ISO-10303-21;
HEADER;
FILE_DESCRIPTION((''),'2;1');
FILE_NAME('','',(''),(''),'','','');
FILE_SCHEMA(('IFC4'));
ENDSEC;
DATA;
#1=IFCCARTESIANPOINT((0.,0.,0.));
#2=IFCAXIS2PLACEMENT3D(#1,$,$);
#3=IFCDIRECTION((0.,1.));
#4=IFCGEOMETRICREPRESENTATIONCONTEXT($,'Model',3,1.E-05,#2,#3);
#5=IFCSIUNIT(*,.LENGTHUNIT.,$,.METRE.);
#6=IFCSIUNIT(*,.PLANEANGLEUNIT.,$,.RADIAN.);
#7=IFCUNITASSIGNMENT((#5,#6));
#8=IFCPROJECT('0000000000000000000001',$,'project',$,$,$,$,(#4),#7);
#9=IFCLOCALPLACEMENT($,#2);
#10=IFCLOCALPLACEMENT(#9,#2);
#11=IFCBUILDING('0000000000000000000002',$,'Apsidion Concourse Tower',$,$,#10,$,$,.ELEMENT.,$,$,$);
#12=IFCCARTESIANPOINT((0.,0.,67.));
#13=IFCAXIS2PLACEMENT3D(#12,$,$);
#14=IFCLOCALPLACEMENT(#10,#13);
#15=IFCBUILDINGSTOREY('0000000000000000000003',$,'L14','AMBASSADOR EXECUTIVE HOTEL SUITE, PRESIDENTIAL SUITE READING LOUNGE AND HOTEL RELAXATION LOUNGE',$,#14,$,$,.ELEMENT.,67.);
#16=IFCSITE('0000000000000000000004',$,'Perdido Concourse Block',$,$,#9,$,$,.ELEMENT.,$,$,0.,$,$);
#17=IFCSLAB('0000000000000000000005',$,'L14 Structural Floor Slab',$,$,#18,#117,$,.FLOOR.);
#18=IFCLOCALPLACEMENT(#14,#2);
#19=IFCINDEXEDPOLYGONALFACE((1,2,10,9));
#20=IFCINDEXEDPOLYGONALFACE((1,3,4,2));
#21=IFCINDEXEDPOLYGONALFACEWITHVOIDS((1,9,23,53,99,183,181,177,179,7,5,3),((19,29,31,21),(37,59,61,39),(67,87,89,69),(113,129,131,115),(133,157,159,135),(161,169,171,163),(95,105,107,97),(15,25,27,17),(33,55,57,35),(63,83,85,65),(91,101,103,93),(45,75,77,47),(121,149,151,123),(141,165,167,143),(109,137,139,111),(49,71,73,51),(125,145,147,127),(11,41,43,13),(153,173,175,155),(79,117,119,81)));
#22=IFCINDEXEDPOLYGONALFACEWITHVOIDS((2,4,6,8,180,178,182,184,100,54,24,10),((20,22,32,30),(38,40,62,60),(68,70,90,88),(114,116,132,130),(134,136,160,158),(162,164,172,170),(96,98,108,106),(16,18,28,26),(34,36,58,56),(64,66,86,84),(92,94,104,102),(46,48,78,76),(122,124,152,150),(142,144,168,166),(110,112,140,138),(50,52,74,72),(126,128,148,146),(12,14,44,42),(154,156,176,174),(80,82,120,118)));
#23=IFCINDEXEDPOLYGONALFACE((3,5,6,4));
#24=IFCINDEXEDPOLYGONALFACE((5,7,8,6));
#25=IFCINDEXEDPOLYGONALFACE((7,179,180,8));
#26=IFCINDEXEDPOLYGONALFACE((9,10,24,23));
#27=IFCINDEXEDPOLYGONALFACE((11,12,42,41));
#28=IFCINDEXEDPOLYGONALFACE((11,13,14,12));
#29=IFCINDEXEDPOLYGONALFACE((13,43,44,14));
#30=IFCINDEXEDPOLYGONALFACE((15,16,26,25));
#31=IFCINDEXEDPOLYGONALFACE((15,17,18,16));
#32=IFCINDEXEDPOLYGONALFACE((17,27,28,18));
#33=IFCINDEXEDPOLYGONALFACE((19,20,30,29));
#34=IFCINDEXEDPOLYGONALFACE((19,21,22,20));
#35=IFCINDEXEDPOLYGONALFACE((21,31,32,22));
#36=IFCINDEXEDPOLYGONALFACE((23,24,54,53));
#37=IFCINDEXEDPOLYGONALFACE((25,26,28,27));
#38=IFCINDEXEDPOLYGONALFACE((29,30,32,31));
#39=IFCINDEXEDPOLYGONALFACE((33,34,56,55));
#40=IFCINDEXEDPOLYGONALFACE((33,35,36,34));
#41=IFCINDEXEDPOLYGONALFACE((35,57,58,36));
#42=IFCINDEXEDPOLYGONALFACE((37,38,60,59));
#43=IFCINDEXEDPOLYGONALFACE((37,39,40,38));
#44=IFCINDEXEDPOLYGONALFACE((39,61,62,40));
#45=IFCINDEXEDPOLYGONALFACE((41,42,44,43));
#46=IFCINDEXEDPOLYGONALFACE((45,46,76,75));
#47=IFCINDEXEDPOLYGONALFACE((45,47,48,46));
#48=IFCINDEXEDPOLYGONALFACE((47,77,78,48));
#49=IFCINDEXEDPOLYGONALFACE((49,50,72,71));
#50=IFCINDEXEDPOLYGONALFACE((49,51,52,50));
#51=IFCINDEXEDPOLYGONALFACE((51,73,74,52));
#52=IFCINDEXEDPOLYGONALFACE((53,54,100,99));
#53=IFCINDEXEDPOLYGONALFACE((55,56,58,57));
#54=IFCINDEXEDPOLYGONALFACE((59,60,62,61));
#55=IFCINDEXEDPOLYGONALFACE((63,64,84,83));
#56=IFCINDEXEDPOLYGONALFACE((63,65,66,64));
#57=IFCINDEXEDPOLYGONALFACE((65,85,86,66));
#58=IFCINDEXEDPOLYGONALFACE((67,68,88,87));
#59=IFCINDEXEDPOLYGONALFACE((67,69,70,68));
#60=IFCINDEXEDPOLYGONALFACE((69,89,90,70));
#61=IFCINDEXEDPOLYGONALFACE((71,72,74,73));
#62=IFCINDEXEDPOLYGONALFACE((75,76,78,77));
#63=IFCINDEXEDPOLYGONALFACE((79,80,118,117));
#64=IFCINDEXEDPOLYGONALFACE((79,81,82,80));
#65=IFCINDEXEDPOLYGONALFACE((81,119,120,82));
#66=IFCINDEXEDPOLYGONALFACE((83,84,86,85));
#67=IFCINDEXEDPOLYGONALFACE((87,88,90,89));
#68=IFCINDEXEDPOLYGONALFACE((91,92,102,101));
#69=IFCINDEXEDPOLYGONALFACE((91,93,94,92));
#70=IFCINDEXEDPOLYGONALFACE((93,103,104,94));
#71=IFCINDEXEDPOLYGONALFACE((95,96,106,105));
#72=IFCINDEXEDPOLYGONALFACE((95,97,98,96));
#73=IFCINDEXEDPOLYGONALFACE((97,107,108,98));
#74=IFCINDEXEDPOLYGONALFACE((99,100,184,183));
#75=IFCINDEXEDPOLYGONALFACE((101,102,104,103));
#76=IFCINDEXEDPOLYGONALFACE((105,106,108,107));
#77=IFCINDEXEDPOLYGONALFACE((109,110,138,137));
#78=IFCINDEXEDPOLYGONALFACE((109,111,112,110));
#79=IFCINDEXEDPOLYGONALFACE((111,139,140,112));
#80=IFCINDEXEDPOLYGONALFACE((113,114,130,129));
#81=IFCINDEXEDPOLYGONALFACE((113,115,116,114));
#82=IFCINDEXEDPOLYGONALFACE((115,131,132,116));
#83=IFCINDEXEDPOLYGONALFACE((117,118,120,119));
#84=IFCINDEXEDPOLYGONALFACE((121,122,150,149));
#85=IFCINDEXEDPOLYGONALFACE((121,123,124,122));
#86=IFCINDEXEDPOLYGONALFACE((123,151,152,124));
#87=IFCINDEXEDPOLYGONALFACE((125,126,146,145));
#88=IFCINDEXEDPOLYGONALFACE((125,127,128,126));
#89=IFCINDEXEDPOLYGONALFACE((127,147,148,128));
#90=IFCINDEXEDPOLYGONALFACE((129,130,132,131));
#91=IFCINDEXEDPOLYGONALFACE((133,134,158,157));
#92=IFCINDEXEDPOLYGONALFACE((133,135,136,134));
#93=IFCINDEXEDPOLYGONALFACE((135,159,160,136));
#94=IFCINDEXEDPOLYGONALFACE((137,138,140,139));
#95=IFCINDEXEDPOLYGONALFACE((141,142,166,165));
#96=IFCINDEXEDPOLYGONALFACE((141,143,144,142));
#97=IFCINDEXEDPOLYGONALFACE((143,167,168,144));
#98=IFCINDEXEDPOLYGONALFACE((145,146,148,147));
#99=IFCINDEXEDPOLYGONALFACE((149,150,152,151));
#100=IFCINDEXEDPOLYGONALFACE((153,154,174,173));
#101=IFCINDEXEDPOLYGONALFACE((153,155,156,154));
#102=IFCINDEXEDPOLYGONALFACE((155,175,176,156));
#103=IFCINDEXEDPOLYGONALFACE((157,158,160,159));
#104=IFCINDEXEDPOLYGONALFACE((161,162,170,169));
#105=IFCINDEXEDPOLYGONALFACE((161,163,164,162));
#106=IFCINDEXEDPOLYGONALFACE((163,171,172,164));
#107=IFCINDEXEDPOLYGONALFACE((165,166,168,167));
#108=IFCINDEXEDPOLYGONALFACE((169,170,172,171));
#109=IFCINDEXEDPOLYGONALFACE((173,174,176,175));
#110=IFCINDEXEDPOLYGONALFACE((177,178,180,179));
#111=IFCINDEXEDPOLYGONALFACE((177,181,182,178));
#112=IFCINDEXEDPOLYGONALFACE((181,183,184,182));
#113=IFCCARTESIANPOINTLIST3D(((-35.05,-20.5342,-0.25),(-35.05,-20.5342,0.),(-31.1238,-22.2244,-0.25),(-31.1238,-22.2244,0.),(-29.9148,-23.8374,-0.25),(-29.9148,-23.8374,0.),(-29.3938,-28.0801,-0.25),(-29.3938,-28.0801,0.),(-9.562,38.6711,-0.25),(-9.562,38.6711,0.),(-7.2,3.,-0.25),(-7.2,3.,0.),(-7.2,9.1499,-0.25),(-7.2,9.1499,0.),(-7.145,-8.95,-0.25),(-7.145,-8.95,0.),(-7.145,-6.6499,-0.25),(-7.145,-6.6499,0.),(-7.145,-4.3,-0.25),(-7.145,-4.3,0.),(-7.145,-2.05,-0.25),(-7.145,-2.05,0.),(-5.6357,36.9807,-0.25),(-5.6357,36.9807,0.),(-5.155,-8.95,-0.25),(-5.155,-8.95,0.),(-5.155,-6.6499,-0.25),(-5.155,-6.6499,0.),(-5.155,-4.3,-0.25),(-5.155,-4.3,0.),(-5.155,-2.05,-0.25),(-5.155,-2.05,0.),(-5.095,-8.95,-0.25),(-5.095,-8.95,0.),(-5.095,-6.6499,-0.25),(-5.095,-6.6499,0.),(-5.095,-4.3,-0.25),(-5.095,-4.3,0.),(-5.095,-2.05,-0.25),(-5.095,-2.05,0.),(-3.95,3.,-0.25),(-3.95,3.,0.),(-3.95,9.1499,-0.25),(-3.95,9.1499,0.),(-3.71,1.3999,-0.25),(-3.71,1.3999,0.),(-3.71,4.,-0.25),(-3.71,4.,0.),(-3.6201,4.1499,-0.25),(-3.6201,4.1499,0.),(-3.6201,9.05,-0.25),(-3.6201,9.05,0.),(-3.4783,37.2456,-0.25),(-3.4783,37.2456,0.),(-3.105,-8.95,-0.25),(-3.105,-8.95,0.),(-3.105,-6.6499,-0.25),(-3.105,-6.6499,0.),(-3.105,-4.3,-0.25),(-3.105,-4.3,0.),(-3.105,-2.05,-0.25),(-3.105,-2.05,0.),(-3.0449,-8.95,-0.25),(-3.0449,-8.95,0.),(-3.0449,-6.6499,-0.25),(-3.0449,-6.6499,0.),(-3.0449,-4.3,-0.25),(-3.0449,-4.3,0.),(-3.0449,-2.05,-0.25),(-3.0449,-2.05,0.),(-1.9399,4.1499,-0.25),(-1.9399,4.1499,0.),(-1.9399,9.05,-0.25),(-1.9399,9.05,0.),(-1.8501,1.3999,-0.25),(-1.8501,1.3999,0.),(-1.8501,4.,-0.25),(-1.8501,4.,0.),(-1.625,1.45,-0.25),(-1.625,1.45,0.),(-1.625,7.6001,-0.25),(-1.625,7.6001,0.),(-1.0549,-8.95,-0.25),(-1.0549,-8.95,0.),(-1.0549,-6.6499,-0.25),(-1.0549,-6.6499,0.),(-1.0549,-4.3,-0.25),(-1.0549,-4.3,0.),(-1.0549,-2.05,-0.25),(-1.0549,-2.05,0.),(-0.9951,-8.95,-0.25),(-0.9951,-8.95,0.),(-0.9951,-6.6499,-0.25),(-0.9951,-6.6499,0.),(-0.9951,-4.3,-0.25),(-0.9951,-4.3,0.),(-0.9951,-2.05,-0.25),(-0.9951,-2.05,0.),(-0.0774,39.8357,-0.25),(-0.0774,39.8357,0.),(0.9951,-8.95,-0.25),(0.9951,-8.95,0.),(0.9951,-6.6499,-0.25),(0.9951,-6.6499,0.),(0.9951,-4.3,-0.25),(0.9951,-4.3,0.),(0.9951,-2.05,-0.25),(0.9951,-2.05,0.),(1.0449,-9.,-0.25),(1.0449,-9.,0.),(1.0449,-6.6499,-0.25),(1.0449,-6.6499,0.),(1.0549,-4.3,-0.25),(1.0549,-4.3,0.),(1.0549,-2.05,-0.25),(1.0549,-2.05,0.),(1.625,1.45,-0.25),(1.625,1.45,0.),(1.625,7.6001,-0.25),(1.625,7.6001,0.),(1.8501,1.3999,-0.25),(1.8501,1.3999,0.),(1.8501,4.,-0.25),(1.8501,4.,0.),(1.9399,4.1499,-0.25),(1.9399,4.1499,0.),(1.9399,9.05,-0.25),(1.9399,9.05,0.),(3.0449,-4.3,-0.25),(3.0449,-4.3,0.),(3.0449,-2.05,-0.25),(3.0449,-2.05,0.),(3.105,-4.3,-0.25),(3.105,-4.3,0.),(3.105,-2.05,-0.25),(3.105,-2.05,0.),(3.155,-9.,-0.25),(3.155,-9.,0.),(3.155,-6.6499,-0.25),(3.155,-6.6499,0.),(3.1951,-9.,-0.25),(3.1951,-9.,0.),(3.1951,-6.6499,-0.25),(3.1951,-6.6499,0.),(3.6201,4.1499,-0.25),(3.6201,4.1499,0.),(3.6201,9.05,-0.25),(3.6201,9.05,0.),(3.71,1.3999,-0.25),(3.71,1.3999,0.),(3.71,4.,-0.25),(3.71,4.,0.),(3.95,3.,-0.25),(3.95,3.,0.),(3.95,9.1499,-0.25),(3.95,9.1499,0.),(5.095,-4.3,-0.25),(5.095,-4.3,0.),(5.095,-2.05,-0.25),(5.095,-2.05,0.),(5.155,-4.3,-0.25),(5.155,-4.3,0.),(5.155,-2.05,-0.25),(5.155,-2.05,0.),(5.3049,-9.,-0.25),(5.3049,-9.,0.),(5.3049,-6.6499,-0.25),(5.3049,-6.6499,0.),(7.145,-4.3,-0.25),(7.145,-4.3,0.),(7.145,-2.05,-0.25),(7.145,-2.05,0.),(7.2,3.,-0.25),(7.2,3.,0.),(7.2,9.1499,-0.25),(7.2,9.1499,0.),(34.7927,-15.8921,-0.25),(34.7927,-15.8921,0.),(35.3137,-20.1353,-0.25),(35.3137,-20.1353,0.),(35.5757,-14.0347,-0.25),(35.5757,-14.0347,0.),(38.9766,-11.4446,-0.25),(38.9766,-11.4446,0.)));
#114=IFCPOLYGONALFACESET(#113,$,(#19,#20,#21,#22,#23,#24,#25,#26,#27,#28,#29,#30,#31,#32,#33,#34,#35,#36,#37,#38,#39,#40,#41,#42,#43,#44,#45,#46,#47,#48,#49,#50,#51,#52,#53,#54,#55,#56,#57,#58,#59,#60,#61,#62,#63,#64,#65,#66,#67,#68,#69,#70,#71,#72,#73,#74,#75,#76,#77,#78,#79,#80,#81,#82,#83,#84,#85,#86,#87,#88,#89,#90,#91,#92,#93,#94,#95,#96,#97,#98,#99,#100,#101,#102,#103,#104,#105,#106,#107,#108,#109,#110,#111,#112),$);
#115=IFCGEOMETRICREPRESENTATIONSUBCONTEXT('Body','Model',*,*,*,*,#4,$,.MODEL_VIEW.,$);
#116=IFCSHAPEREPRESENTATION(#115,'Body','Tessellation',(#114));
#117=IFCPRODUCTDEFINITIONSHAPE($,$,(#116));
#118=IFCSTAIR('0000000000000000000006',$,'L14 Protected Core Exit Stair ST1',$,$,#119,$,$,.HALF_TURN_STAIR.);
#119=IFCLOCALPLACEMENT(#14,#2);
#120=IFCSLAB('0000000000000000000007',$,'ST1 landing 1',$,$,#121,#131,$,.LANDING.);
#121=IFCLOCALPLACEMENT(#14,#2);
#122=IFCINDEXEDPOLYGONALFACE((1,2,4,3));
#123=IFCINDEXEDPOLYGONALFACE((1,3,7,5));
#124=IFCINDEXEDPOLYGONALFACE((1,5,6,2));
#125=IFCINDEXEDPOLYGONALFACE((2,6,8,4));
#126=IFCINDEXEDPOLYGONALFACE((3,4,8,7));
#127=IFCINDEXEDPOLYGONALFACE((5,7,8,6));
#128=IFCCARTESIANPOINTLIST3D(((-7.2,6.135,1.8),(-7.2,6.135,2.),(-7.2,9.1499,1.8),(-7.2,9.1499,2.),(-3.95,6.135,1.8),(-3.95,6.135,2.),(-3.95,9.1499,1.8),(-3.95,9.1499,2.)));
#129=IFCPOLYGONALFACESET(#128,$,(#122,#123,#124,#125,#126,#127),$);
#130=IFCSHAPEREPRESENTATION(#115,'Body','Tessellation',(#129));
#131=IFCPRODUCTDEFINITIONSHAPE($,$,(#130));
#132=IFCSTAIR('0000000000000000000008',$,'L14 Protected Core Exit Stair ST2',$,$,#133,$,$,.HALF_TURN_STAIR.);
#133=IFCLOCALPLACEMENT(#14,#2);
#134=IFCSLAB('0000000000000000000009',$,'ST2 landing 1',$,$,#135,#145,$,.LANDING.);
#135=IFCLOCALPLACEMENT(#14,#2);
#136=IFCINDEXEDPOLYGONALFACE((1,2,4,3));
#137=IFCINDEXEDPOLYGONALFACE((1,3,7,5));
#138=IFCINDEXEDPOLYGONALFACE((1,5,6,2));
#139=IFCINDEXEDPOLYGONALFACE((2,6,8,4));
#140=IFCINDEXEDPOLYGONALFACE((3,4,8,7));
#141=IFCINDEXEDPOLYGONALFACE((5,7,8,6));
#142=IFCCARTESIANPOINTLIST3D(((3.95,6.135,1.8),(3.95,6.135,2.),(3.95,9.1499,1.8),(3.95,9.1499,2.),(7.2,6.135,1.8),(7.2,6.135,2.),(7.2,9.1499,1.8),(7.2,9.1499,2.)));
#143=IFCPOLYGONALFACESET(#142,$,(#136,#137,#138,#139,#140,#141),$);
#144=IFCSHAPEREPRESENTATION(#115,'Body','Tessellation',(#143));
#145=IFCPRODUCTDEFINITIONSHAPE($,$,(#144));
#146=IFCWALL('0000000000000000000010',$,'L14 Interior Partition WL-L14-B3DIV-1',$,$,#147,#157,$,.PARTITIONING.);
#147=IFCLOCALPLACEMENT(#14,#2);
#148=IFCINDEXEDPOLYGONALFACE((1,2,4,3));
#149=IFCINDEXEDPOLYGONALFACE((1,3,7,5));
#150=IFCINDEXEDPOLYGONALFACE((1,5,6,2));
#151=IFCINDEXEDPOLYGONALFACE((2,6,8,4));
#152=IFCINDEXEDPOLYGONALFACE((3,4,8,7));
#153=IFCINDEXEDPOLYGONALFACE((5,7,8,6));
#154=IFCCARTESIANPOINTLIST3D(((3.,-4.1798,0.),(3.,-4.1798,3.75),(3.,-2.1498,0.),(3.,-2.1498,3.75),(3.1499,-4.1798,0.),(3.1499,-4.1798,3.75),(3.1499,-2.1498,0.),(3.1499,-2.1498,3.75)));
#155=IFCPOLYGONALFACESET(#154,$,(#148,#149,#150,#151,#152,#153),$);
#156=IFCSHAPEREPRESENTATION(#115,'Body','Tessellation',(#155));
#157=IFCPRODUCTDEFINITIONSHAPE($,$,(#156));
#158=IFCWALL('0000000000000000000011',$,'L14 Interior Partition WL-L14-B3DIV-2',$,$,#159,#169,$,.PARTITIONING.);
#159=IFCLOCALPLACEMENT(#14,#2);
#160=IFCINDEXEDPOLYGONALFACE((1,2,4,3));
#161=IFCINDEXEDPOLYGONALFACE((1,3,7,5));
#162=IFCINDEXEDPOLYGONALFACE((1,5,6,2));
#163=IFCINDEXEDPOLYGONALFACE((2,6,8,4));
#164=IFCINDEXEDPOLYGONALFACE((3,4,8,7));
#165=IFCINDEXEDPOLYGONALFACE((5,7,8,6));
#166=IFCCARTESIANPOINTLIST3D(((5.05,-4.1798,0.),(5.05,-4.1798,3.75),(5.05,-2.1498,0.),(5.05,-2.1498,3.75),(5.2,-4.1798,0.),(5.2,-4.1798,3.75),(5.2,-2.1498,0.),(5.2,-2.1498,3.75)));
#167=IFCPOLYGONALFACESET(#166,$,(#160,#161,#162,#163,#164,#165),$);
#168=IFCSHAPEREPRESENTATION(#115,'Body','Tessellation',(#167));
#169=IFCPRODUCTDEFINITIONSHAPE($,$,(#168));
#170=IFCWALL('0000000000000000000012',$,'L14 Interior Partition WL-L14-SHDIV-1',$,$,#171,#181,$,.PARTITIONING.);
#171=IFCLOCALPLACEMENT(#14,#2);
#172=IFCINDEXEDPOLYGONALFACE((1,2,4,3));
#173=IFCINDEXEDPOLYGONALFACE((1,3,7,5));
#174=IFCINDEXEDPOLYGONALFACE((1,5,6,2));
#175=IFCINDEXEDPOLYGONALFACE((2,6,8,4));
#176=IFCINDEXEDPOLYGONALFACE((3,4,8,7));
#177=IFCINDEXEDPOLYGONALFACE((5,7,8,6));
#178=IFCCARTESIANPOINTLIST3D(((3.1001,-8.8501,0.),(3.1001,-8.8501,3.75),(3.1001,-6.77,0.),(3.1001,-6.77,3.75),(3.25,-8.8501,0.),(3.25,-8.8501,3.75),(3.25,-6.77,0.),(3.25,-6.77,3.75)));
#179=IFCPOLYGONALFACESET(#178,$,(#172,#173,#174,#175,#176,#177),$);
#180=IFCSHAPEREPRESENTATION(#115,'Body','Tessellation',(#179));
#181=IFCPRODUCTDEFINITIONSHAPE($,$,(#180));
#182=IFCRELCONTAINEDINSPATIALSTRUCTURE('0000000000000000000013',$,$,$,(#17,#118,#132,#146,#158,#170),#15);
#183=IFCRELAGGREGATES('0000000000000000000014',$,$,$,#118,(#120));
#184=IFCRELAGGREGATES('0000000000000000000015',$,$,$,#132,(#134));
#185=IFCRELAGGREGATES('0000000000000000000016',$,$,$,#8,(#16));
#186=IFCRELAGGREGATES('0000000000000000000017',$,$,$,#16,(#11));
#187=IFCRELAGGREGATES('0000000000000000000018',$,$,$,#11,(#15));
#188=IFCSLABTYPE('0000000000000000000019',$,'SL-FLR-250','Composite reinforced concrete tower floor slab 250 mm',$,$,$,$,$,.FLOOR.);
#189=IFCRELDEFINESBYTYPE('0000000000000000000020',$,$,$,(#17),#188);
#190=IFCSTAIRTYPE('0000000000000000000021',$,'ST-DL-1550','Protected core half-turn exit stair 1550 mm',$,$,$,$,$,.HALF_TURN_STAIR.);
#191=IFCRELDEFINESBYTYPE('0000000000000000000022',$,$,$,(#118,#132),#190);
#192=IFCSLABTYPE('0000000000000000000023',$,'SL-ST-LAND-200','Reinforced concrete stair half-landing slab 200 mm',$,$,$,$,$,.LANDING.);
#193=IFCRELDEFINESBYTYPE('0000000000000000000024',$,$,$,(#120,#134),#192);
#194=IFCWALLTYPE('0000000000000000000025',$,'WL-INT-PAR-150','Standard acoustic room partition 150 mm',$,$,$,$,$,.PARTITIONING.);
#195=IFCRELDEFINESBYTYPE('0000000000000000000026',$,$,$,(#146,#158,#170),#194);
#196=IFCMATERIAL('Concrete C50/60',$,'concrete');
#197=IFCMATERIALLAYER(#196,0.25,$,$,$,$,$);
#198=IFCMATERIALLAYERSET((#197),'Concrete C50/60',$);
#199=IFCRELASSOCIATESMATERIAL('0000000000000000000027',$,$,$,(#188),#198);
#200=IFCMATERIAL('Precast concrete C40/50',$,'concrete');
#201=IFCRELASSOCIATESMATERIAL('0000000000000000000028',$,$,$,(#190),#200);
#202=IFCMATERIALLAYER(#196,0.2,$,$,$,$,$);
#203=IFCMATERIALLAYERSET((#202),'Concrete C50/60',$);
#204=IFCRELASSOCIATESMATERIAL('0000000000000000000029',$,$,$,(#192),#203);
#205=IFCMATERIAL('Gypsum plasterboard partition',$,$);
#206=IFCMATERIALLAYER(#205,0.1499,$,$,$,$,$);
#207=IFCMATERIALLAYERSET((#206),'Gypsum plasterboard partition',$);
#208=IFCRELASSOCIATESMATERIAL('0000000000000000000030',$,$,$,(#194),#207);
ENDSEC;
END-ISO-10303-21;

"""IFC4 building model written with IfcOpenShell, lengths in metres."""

from ifc_helpers import new_model, si_unit, direction, frame, frame_2d, origin, place, context, subcontext, project, spatial, polyline, rectangle, outline, extrude, material, layer, layer_set, type_object, element, aggregate, save


model = new_model("IFC4")

# Units and contexts
model_context = context("Model", 3, precision=1e-05, world=origin(), true_north=direction((0.0, 1.0)))
body_context = subcontext(model_context, "Body", "Model", "MODEL_VIEW")
ifc_project = project(units=[si_unit("LENGTHUNIT", "METRE"), si_unit("PLANEANGLEUNIT", "RADIAN")], contexts=[model_context])

# Site, building, storey
site_placement = place(None, origin())
site = spatial("IfcSite", under=ifc_project, at=site_placement, Name="Perdido Concourse Block", CompositionType="ELEMENT", RefElevation=0.0)
building_placement = place(site_placement, origin())
building = spatial("IfcBuilding", under=site, at=building_placement, Name="Apsidion Concourse Tower", CompositionType="ELEMENT")
storey_placement = place(building_placement, frame((0.0, 0.0, 67.0)))
storey = spatial("IfcBuildingStorey", under=building, at=storey_placement, Name="L14", Description="AMBASSADOR EXECUTIVE HOTEL SUITE, PRESIDENTIAL SUITE READING LOUNGE AND HOTEL RELAXATION LOUNGE", CompositionType="ELEMENT", Elevation=67.0)

# Shared definitions
ifc_material_1 = material(Name="Concrete C50/60", Category="concrete")

# Slab
ifc_layer_1 = layer(ifc_material_1, 0.25)
ifc_layer_set_1 = layer_set([ifc_layer_1], Name="Concrete C50/60")
slab_type_1 = type_object("IfcSlabType", Name="SL-FLR-250", Description="Composite reinforced concrete tower floor slab 250 mm", PredefinedType="FLOOR", material=ifc_layer_set_1)
slab_1_placement = place(storey_placement, frame((0.0, 0.0, -0.25)))
element("IfcSlab", 1, at=slab_1_placement, inside=storey, type_object=slab_type_1, Name="L14 Structural Floor Slab", PredefinedType="FLOOR", context=body_context, shape_type="SweptSolid", body=[
    extrude(outline(polyline([(-0.0774, 39.8357), (-3.4783, 37.2456), (-5.6357, 36.9807), (-9.562, 38.6711), (-35.05, -20.5342), (-31.1238, -22.2244), (-29.9148, -23.8374), (-29.3938, -28.0801), (35.3137, -20.1353), (34.7927, -15.8921), (35.5757, -14.0347), (38.9766, -11.4446), (-0.0774, 39.8357)]), holes=[polyline([(-3.95, 3.0), (-3.95, 9.1499), (-7.2, 9.1499), (-7.2, 3.0), (-3.95, 3.0)]), polyline([(7.2, 3.0), (7.2, 9.1499), (3.95, 9.1499), (3.95, 3.0), (7.2, 3.0)]), polyline([(-1.625, 7.6001), (-1.625, 1.45), (1.625, 1.45), (1.625, 7.6001), (-1.625, 7.6001)]), polyline([(-7.145, -4.3), (-5.155, -4.3), (-5.155, -2.05), (-7.145, -2.05), (-7.145, -4.3)]), polyline([(-5.095, -4.3), (-3.105, -4.3), (-3.105, -2.05), (-5.095, -2.05), (-5.095, -4.3)]), polyline([(-3.0449, -4.3), (-1.0549, -4.3), (-1.0549, -2.05), (-3.0449, -2.05), (-3.0449, -4.3)]), polyline([(-0.9951, -4.3), (0.9951, -4.3), (0.9951, -2.05), (-0.9951, -2.05), (-0.9951, -4.3)]), polyline([(1.0549, -4.3), (3.0449, -4.3), (3.0449, -2.05), (1.0549, -2.05), (1.0549, -4.3)]), polyline([(3.105, -4.3), (5.095, -4.3), (5.095, -2.05), (3.105, -2.05), (3.105, -4.3)]), polyline([(5.155, -4.3), (7.145, -4.3), (7.145, -2.05), (5.155, -2.05), (5.155, -4.3)]), polyline([(-7.145, -8.95), (-5.155, -8.95), (-5.155, -6.6499), (-7.145, -6.6499), (-7.145, -8.95)]), polyline([(-5.095, -8.95), (-3.105, -8.95), (-3.105, -6.6499), (-5.095, -6.6499), (-5.095, -8.95)]), polyline([(-3.0449, -8.95), (-1.0549, -8.95), (-1.0549, -6.6499), (-3.0449, -6.6499), (-3.0449, -8.95)]), polyline([(-0.9951, -8.95), (0.9951, -8.95), (0.9951, -6.6499), (-0.9951, -6.6499), (-0.9951, -8.95)]), polyline([(1.0449, -9.0), (3.155, -9.0), (3.155, -6.6499), (1.0449, -6.6499), (1.0449, -9.0)]), polyline([(3.1951, -9.0), (5.3049, -9.0), (5.3049, -6.6499), (3.1951, -6.6499), (3.1951, -9.0)]), polyline([(-3.71, 1.3999), (-1.8501, 1.3999), (-1.8501, 4.0), (-3.71, 4.0), (-3.71, 1.3999)]), polyline([(1.8501, 1.3999), (3.71, 1.3999), (3.71, 4.0), (1.8501, 4.0), (1.8501, 1.3999)]), polyline([(-3.6201, 4.1499), (-1.9399, 4.1499), (-1.9399, 9.05), (-3.6201, 9.05), (-3.6201, 4.1499)]), polyline([(1.9399, 4.1499), (3.6201, 4.1499), (3.6201, 9.05), (1.9399, 9.05), (1.9399, 4.1499)])]), origin(), (0.0, 0.0, 1.0), 0.25),
])

# Stairs, slabs
ifc_material_2 = material(Name="Precast concrete C40/50", Category="concrete")
stair_type = type_object("IfcStairType", Name="ST-DL-1550", Description="Protected core half-turn exit stair 1550 mm", PredefinedType="HALF_TURN_STAIR", material=ifc_material_2)
stair_1_placement = place(storey_placement, origin())
stair_1 = element("IfcStair", 2, at=stair_1_placement, inside=storey, type_object=stair_type, Name="L14 Protected Core Exit Stair ST1", PredefinedType="HALF_TURN_STAIR")
ifc_layer_2 = layer(ifc_material_1, 0.2)
ifc_layer_set_2 = layer_set([ifc_layer_2], Name="Concrete C50/60")
slab_type_2 = type_object("IfcSlabType", Name="SL-ST-LAND-200", Description="Reinforced concrete stair half-landing slab 200 mm", PredefinedType="LANDING", material=ifc_layer_set_2)
slab_2_placement = place(storey_placement, frame((0.0, 0.0, 1.8)))
slab_2 = element("IfcSlab", 3, at=slab_2_placement, type_object=slab_type_2, Name="ST1 landing 1", PredefinedType="LANDING", context=body_context, shape_type="SweptSolid", body=[
    extrude(outline(polyline([(-3.95, 6.135), (-3.95, 9.1499), (-7.2, 9.1499), (-7.2, 6.135), (-3.95, 6.135)])), origin(), (0.0, 0.0, 1.0), 0.2),
])
aggregate(stair_1, [slab_2])
stair_2_placement = place(storey_placement, origin())
stair_2 = element("IfcStair", 4, at=stair_2_placement, inside=storey, type_object=stair_type, Name="L14 Protected Core Exit Stair ST2", PredefinedType="HALF_TURN_STAIR")
slab_3_placement = place(storey_placement, frame((0.0, 0.0, 1.8)))
slab_3 = element("IfcSlab", 5, at=slab_3_placement, type_object=slab_type_2, Name="ST2 landing 1", PredefinedType="LANDING", context=body_context, shape_type="SweptSolid", body=[
    extrude(outline(polyline([(7.2, 6.135), (7.2, 9.1499), (3.95, 9.1499), (3.95, 6.135), (7.2, 6.135)])), origin(), (0.0, 0.0, 1.0), 0.2),
])
aggregate(stair_2, [slab_3])

# Walls
ifc_material_3 = material(Name="Gypsum plasterboard partition")
ifc_layer_3 = layer(ifc_material_3, 0.1499)
ifc_layer_set_3 = layer_set([ifc_layer_3], Name="Gypsum plasterboard partition")
wall_type_1 = type_object("IfcWallType", Name="WL-INT-PAR-150", Description="Standard acoustic room partition 150 mm", PredefinedType="PARTITIONING", material=ifc_layer_set_3)
for number, where, z_axis, x_axis, name in (
    (6, (3.075, -4.1799, 0.0), (0.0, 0.0, 1.0), (0.0, 1.0, 0.0), "L14 Interior Partition WL-L14-B3DIV-1"),
    (7, (5.125, -4.1799, 0.0), (0.0, 0.0, 1.0), (0.0, 1.0, 0.0), "L14 Interior Partition WL-L14-B3DIV-2"),
):
    element("IfcWall", number, at=place(storey_placement, frame(where, z_axis=z_axis, x_axis=x_axis)), inside=storey, type_object=wall_type_1, Name=name, PredefinedType="PARTITIONING", context=body_context, shape_type="SweptSolid", body=[
        extrude(rectangle(XDim=2.03, YDim=0.1499, at=frame_2d((1.0151, 0.0))), origin(), (0.0, 0.0, 1.0), 3.75),
    ])
wall_1_placement = place(storey_placement, frame((3.175, -8.8501, 0.0), z_axis=(0.0, 0.0, 1.0), x_axis=(0.0, 1.0, 0.0)))
element("IfcWall", 8, at=wall_1_placement, inside=storey, type_object=wall_type_1, Name="L14 Interior Partition WL-L14-SHDIV-1", PredefinedType="PARTITIONING", context=body_context, shape_type="SweptSolid", body=[
    extrude(rectangle(XDim=2.0801, YDim=0.1499, at=frame_2d((1.04, 0.0))), origin(), (0.0, 0.0, 1.0), 3.75),
])

save(model, "model.ifc")
